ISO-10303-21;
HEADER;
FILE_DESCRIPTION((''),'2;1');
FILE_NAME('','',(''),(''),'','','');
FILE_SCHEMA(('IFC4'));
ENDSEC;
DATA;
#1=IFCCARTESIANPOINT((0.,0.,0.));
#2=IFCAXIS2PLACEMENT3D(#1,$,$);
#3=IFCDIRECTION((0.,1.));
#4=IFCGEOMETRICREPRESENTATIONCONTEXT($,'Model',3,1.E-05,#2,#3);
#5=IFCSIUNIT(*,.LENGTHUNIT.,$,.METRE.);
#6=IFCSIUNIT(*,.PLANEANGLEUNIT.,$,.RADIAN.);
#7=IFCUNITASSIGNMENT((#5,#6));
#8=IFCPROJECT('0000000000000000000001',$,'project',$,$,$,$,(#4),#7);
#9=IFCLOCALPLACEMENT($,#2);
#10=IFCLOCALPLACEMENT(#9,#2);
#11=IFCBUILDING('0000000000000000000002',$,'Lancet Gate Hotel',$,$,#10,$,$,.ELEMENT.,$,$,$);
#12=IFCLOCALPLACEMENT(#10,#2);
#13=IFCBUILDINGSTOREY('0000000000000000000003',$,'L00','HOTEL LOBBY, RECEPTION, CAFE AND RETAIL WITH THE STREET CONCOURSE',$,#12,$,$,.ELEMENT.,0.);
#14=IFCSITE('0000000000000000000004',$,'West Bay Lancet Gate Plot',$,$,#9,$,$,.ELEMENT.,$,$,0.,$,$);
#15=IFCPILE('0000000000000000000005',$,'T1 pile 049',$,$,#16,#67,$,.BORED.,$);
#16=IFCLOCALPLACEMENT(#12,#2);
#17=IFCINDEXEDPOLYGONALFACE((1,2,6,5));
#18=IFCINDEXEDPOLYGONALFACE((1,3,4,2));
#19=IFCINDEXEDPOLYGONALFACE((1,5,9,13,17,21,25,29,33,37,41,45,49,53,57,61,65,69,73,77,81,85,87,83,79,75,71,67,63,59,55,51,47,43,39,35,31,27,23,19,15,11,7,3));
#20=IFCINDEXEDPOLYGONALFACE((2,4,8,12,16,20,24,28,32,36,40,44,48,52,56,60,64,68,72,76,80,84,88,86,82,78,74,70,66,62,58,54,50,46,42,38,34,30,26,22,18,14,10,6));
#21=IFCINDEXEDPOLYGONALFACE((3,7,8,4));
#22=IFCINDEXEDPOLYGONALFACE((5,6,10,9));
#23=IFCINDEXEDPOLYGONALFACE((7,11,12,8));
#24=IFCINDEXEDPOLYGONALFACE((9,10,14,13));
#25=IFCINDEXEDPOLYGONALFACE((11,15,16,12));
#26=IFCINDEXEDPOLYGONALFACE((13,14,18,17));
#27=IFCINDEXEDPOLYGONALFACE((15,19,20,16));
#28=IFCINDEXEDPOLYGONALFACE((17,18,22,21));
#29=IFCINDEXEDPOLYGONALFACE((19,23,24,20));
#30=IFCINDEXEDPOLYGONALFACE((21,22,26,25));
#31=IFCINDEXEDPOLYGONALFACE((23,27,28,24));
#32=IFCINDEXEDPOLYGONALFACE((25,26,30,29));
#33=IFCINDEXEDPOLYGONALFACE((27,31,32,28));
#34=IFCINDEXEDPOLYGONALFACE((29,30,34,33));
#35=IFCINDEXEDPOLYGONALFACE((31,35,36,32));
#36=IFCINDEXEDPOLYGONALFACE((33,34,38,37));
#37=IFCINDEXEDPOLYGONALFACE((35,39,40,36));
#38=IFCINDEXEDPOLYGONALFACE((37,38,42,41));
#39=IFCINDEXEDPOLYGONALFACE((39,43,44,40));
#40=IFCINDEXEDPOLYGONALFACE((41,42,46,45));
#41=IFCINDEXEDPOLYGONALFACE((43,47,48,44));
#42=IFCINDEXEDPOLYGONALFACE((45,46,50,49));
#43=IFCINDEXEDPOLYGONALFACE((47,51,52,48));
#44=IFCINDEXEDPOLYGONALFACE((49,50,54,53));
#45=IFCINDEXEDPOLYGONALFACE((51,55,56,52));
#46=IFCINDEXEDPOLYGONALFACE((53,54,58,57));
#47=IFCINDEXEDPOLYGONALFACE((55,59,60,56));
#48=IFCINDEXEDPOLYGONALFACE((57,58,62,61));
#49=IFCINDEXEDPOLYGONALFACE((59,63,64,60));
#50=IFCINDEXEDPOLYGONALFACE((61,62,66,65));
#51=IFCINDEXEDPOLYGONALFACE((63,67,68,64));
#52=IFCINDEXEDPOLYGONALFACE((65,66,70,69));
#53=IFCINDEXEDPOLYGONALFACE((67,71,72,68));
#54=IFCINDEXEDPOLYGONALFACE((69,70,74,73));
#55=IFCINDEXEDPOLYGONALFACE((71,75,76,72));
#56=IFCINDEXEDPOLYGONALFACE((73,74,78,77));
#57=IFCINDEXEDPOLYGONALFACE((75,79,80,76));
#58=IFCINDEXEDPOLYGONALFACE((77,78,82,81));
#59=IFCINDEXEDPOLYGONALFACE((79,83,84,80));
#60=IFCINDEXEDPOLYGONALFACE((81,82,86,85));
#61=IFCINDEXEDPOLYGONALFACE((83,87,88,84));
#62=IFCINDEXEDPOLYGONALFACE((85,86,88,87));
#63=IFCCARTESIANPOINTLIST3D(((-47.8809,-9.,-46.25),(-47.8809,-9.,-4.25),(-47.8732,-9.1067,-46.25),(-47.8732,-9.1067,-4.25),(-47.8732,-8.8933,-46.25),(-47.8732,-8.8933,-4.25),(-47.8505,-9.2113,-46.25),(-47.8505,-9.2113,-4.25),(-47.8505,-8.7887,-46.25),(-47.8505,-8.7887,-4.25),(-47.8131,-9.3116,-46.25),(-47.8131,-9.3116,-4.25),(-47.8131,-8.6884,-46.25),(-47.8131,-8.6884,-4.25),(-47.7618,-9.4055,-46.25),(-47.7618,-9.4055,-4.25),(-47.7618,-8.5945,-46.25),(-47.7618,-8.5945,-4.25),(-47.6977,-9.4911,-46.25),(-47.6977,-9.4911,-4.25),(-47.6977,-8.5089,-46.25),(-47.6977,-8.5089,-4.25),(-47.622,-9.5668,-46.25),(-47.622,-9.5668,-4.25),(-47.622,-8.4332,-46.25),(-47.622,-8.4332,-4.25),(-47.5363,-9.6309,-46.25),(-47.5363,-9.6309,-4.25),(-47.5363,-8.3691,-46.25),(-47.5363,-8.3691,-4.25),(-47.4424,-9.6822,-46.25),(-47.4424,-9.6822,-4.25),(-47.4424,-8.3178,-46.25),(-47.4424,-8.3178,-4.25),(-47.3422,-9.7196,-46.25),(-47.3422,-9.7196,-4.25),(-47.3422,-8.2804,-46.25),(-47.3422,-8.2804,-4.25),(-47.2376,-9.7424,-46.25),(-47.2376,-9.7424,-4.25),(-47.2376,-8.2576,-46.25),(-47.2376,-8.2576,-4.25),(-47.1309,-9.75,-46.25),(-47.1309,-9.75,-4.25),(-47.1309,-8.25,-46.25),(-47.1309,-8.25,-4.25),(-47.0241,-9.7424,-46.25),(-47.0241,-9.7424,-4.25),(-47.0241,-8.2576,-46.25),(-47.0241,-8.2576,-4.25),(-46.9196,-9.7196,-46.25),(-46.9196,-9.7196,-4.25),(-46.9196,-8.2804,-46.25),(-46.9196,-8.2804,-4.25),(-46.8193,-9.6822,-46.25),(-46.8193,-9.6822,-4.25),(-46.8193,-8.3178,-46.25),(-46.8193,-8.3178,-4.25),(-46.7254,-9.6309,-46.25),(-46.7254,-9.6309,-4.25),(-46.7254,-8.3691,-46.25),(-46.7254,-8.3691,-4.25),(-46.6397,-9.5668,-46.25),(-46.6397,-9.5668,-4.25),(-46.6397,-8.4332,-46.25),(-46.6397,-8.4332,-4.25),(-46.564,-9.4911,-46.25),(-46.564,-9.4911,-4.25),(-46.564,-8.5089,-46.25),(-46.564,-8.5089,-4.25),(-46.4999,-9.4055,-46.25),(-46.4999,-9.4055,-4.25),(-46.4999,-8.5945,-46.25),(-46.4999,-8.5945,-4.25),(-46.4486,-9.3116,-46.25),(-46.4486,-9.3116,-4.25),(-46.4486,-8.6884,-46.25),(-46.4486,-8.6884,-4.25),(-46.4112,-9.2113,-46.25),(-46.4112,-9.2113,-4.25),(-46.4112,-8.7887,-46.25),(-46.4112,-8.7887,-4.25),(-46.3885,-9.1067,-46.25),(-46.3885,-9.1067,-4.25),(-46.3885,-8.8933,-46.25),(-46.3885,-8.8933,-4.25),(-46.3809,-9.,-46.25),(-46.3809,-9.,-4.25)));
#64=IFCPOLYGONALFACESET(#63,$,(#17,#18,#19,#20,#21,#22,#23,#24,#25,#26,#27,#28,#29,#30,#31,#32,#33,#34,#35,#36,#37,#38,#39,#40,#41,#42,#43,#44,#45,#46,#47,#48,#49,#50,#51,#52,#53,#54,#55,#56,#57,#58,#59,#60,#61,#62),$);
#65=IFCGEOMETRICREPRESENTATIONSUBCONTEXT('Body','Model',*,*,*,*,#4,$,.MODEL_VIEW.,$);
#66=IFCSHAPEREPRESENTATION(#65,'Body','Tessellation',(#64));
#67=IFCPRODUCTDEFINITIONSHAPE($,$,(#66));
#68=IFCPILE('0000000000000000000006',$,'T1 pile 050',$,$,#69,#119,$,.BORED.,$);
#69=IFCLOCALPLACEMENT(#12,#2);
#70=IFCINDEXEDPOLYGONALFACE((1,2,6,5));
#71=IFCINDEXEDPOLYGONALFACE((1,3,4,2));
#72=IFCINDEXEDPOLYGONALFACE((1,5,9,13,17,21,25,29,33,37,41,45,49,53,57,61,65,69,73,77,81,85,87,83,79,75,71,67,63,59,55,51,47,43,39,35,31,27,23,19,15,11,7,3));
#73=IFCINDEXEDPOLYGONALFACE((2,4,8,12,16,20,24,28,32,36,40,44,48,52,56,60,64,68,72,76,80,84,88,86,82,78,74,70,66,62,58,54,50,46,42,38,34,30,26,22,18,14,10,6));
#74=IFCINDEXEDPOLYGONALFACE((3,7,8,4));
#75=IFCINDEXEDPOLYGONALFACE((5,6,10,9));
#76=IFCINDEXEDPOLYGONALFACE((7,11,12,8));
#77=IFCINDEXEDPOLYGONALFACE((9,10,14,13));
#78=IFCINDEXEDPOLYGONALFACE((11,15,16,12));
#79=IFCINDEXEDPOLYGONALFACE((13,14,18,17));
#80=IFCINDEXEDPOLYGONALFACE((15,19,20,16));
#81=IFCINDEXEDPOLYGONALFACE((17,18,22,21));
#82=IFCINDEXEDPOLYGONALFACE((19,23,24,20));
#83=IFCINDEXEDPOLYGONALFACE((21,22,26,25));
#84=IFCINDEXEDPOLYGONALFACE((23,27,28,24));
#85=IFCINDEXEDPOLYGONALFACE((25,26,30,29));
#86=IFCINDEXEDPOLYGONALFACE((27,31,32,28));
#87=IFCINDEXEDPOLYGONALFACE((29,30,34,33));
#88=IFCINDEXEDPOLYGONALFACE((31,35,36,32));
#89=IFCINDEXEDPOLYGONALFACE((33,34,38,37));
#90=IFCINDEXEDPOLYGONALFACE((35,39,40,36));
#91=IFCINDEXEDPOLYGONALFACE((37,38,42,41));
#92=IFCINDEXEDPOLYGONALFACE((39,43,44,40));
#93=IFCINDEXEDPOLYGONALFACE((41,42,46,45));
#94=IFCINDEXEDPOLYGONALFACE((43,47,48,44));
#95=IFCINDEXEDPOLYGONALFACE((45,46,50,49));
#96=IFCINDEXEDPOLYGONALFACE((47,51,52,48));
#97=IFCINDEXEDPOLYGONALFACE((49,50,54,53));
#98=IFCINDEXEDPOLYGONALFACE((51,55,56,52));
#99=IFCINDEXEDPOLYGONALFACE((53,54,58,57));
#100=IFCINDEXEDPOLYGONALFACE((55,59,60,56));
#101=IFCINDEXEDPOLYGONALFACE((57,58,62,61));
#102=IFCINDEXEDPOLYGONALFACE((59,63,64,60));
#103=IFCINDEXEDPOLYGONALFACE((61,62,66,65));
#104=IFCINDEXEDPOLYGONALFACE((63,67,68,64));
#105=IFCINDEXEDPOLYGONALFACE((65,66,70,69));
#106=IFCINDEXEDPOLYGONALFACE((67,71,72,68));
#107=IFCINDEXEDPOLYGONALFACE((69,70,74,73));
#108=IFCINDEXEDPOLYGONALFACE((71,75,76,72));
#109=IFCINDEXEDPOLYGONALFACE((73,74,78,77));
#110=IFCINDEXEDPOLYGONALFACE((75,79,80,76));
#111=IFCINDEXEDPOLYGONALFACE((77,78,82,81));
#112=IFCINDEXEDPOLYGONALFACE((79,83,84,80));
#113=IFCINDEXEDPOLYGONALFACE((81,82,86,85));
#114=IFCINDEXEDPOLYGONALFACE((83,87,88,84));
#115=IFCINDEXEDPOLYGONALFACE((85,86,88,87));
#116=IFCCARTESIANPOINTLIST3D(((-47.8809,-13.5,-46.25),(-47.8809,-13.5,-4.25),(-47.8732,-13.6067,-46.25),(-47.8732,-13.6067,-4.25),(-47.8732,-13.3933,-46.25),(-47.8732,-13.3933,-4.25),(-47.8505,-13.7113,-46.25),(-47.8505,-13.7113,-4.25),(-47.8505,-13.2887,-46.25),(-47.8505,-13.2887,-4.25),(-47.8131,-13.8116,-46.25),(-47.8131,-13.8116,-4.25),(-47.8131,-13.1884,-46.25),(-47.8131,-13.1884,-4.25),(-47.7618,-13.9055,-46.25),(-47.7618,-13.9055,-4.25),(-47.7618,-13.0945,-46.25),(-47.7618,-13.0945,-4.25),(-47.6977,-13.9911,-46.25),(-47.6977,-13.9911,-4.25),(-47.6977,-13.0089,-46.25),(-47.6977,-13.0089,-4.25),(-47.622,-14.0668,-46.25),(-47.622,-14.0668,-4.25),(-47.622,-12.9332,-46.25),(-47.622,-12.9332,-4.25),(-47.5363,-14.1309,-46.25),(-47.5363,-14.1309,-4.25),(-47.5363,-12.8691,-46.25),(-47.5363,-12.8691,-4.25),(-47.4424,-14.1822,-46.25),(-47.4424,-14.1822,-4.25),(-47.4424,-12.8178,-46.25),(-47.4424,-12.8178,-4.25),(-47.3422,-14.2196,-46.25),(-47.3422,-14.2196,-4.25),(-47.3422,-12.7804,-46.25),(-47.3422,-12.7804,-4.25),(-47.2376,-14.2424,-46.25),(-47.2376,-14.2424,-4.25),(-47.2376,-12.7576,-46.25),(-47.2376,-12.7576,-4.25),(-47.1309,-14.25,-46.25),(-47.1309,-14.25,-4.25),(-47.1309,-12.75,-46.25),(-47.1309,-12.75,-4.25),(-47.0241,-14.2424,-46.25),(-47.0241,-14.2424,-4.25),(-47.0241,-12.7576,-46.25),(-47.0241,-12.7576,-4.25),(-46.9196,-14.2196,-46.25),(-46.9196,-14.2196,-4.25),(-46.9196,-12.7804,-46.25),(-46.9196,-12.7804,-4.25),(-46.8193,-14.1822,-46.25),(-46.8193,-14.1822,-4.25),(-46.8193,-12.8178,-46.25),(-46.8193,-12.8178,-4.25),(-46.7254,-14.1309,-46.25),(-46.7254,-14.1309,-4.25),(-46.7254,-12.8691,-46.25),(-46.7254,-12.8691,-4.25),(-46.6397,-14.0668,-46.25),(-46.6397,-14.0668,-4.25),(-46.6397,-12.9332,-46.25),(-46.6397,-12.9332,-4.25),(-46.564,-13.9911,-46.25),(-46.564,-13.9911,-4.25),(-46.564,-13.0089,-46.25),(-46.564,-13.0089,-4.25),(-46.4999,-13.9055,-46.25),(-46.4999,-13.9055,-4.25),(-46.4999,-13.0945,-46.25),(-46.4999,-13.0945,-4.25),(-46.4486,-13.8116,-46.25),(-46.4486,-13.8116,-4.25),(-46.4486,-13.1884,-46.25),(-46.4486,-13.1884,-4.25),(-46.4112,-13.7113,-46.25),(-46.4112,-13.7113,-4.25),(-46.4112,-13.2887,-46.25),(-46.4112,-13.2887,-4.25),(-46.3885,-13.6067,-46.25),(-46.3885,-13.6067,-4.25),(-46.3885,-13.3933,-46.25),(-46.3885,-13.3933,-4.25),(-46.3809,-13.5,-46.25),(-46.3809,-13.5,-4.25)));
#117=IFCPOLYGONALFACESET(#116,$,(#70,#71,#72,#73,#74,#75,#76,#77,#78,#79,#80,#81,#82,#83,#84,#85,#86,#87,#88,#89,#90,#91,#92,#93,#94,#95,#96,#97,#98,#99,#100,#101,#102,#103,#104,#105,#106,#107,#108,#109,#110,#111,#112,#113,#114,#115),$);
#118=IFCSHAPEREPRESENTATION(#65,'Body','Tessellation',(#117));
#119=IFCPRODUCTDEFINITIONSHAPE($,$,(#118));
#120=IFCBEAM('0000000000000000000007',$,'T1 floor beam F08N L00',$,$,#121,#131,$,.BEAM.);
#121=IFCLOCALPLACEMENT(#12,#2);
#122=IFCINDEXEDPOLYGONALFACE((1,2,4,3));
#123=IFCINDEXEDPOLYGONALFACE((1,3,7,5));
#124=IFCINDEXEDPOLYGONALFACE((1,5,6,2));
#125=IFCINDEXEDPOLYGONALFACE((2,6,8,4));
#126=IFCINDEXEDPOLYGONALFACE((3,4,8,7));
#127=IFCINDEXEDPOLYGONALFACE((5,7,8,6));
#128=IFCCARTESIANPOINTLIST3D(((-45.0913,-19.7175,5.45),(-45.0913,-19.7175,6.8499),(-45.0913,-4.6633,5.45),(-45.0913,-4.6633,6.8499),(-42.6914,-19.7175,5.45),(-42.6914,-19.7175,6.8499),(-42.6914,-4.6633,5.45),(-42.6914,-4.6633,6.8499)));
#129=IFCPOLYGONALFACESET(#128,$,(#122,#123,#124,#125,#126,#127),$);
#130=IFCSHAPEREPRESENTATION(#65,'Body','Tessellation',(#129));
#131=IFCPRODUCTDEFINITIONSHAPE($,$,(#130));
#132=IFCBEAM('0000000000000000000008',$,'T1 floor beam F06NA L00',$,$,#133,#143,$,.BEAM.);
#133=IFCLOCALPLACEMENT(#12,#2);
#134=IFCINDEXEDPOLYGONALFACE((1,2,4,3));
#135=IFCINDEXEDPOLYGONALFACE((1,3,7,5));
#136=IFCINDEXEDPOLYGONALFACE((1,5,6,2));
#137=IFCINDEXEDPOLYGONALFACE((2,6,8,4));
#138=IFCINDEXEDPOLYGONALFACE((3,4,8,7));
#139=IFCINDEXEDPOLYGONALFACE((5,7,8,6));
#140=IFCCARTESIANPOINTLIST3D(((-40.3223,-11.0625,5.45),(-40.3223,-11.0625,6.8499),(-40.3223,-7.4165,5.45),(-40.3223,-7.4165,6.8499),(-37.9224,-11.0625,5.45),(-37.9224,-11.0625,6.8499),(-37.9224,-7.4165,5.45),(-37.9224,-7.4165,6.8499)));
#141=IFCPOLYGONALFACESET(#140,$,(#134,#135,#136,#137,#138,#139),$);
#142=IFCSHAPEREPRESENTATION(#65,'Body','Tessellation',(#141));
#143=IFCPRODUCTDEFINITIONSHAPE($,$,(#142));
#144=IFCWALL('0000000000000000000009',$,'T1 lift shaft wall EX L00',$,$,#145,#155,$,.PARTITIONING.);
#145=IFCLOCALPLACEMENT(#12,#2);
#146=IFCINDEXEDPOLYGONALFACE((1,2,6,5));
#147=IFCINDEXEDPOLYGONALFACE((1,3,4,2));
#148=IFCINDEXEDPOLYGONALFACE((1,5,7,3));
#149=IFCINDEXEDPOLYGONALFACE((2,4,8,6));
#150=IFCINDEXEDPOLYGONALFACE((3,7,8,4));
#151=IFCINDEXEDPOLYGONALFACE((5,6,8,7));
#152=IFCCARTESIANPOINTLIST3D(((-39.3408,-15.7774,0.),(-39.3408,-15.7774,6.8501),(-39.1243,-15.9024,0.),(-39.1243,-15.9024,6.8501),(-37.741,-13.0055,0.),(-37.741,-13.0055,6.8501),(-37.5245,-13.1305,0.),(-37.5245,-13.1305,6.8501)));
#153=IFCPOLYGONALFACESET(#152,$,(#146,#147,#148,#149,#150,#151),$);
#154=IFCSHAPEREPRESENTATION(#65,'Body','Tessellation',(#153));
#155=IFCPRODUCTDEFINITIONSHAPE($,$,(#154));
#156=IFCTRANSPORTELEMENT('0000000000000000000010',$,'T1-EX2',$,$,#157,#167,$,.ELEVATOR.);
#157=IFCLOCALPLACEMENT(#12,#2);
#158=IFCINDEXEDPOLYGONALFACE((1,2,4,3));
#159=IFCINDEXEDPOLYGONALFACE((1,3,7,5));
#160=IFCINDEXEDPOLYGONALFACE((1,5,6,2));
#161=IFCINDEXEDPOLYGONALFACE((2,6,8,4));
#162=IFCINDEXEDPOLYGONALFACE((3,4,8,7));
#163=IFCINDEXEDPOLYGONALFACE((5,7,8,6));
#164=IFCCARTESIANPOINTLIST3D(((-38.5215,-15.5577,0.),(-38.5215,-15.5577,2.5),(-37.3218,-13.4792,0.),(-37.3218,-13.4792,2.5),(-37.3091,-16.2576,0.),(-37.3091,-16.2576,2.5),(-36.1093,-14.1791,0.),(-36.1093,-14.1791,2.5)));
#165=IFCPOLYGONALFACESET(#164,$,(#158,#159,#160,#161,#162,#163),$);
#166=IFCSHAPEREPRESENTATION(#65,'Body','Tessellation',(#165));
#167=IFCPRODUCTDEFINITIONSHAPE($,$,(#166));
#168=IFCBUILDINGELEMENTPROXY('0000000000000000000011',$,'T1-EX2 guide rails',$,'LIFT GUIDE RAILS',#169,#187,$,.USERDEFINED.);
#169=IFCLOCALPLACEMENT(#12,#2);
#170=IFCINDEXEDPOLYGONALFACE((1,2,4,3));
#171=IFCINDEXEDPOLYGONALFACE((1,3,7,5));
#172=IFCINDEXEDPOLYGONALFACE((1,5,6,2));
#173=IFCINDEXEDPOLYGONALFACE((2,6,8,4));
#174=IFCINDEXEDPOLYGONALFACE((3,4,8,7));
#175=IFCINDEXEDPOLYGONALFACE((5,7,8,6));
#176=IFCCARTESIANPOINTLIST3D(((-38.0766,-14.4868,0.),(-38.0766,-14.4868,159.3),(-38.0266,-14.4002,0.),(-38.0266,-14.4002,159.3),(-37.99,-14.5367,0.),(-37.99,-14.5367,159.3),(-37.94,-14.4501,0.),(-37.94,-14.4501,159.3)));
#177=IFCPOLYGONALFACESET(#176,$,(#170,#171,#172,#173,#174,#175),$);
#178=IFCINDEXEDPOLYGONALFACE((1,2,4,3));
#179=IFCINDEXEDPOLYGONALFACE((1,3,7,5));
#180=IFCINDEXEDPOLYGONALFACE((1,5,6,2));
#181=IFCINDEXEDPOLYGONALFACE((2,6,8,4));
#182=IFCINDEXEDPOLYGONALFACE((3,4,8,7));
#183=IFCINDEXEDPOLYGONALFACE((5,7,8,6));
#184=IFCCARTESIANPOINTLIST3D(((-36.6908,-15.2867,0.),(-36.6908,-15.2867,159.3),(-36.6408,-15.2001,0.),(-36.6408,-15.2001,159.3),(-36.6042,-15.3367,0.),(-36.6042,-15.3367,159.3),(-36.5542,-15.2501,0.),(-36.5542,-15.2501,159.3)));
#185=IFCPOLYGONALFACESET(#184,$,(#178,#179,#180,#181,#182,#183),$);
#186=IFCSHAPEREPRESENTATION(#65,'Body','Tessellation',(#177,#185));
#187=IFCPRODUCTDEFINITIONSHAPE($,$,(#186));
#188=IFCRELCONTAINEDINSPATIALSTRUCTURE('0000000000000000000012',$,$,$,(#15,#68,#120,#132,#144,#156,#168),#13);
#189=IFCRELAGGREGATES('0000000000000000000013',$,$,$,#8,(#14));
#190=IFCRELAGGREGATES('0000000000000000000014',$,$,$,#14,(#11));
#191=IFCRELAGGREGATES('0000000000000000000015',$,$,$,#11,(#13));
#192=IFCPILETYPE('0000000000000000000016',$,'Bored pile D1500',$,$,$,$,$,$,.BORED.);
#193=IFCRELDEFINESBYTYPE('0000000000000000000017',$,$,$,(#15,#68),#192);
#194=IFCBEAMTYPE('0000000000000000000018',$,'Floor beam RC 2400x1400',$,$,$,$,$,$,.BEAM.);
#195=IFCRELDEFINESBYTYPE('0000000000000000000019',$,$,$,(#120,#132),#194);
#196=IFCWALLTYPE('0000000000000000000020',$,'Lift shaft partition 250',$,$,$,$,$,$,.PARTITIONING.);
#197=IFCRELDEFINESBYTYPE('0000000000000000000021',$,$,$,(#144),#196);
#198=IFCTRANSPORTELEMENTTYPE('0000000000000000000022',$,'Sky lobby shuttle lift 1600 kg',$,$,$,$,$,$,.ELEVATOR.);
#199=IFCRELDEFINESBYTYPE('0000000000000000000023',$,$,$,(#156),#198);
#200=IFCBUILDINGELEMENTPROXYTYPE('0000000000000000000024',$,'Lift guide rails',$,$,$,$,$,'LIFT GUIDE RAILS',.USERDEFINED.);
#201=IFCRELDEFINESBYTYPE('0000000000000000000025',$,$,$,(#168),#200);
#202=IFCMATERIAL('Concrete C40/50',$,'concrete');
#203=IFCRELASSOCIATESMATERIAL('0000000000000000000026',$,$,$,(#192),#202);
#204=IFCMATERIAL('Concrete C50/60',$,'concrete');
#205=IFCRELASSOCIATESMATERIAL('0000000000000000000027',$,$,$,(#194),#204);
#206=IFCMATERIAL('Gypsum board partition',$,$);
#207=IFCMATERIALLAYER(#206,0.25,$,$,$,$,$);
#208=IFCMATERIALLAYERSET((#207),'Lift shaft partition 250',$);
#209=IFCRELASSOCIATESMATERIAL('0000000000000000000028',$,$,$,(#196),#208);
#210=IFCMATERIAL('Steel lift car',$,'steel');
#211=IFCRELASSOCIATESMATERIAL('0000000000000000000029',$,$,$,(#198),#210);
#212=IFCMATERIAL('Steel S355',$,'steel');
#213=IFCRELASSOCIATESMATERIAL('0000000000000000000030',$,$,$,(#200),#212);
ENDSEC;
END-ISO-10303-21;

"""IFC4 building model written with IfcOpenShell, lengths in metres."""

from ifc_helpers import new_model, si_unit, direction, frame, frame_2d, origin, origin_2d, place, context, subcontext, project, spatial, rectangle, circle, extrude, material, layer, layer_set, material_profile, profile_set, type_object, element, save


model = new_model("IFC4")

# Units and contexts
model_context = context("Model", 3, precision=1e-05, world=origin(), true_north=direction((0.0, 1.0)))
body_context = subcontext(model_context, "Body", "Model", "MODEL_VIEW")
ifc_project = project(units=[si_unit("LENGTHUNIT", "METRE"), si_unit("PLANEANGLEUNIT", "RADIAN")], contexts=[model_context])

# Site, building, storey
site_placement = place(None, origin())
site = spatial("IfcSite", under=ifc_project, at=site_placement, Name="West Bay Lancet Gate Plot", CompositionType="ELEMENT", RefElevation=0.0)
building_placement = place(site_placement, origin())
building = spatial("IfcBuilding", under=site, at=building_placement, Name="Lancet Gate Hotel", CompositionType="ELEMENT")
storey_placement = place(building_placement, origin())
storey = spatial("IfcBuildingStorey", under=building, at=storey_placement, Name="L00", Description="HOTEL LOBBY, RECEPTION, CAFE AND RETAIL WITH THE STREET CONCOURSE", CompositionType="ELEMENT", Elevation=0.0)

# Piles
ifc_material_1 = material(Name="Concrete C40/50", Category="concrete")
ifc_material_profile_1 = material_profile(ifc_material_1, circle(Radius=0.75, at=origin_2d()), Name="PILE D1500")
ifc_profile_set_1 = profile_set([ifc_material_profile_1], Name="Concrete C40/50")
pile_type = type_object("IfcPileType", Name="Bored pile D1500", PredefinedType="BORED", material=ifc_profile_set_1)
for number, where, z_axis, x_axis, name in (
    (1, (-47.1309, -9.0, -4.25), (0.0, 0.0, -1.0), (1.0, 0.0, 0.0), "T1 pile 049"),
    (2, (-47.1309, -13.5, -4.25), (0.0, 0.0, -1.0), (1.0, 0.0, 0.0), "T1 pile 050"),
):
    element("IfcPile", number, at=place(storey_placement, frame(where, z_axis=z_axis, x_axis=x_axis)), inside=storey, type_object=pile_type, Name=name, PredefinedType="BORED", context=body_context, shape_type="SweptSolid", body=[
        extrude(circle(Radius=0.75, at=origin_2d()), origin(), (0.0, 0.0, 1.0), 42.0),
    ])

# Beams
ifc_material_2 = material(Name="Concrete C50/60", Category="concrete")
ifc_material_profile_2 = material_profile(ifc_material_2, rectangle(XDim=2.3999, YDim=1.3999, at=origin_2d()), Name="RC 2400x1400")
ifc_profile_set_2 = profile_set([ifc_material_profile_2], Name="Concrete C50/60")
beam_type = type_object("IfcBeamType", Name="Floor beam RC 2400x1400", PredefinedType="BEAM", material=ifc_profile_set_2)
beam_1_placement = place(storey_placement, frame((-43.8914, -4.6633, 6.1499), z_axis=(0.0, -1.0, 0.0), x_axis=(1.0, 0.0, 0.0)))
element("IfcBeam", 3, at=beam_1_placement, inside=storey, type_object=beam_type, Name="T1 floor beam F08N L00", PredefinedType="BEAM", context=body_context, shape_type="SweptSolid", body=[
    extrude(rectangle(XDim=2.3999, YDim=1.3999, at=origin_2d()), origin(), (0.0, 0.0, 1.0), 15.0542),
])
beam_2_placement = place(storey_placement, frame((-39.1223, -7.4165, 6.1499), z_axis=(0.0, -1.0, 0.0), x_axis=(1.0, 0.0, 0.0)))
element("IfcBeam", 4, at=beam_2_placement, inside=storey, type_object=beam_type, Name="T1 floor beam F06NA L00", PredefinedType="BEAM", context=body_context, shape_type="SweptSolid", body=[
    extrude(rectangle(XDim=2.3999, YDim=1.3999, at=origin_2d()), origin(), (0.0, 0.0, 1.0), 3.646),
])

# Wall
ifc_material_3 = material(Name="Gypsum board partition")
ifc_layer = layer(ifc_material_3, 0.25)
ifc_layer_set = layer_set([ifc_layer], Name="Lift shaft partition 250")
wall_type = type_object("IfcWallType", Name="Lift shaft partition 250", PredefinedType="PARTITIONING", material=ifc_layer_set)
wall_placement = place(storey_placement, frame((-37.6328, -13.0681, 0.0), z_axis=(0.0, 0.0, 1.0), x_axis=(-0.499872, -0.866099, 0.0)))
element("IfcWall", 5, at=wall_placement, inside=storey, type_object=wall_type, Name="T1 lift shaft wall EX L00", PredefinedType="PARTITIONING", context=body_context, shape_type="SweptSolid", body=[
    extrude(rectangle(XDim=3.2004, YDim=0.25, at=frame_2d((1.6001, 0.0))), origin(), (0.0, 0.0, 1.0), 6.8501),
])

# Transport element
ifc_material_4 = material(Name="Steel lift car", Category="steel")
transport_element_type = type_object("IfcTransportElementType", Name="Sky lobby shuttle lift 1600 kg", PredefinedType="ELEVATOR", material=ifc_material_4)
transport_element_placement = place(storey_placement, frame((-37.3154, -14.8684, 0.0), z_axis=(0.0, 0.0, 1.0), x_axis=(-0.499917, -0.866073, 0.0)))
element("IfcTransportElement", 6, at=transport_element_placement, inside=storey, type_object=transport_element_type, Name="T1-EX2", PredefinedType="ELEVATOR", context=body_context, shape_type="SweptSolid", body=[
    extrude(rectangle(XDim=2.3999, YDim=1.3999, at=origin_2d()), origin(), (0.0, 0.0, 1.0), 2.5),
])

# Building element proxy
ifc_material_5 = material(Name="Steel S355", Category="steel")
building_element_proxy_type = type_object("IfcBuildingElementProxyType", Name="Lift guide rails", ElementType="LIFT GUIDE RAILS", PredefinedType="USERDEFINED", material=ifc_material_5)
proxy_placement = place(storey_placement, frame((-37.3154, -14.8684, 0.0), z_axis=(0.0, 0.0, 1.0), x_axis=(-0.499917, -0.866073, 0.0)))
element("IfcBuildingElementProxy", 7, at=proxy_placement, inside=storey, type_object=building_element_proxy_type, Name="T1-EX2 guide rails", ObjectType="LIFT GUIDE RAILS", PredefinedType="USERDEFINED", context=body_context, shape_type="SweptSolid", body=[
    extrude(rectangle(XDim=0.1, YDim=0.1, at=origin_2d()), frame((0.0, -0.8, 0.0)), (0.0, 0.0, 1.0), 159.3),
    extrude(rectangle(XDim=0.1, YDim=0.1, at=origin_2d()), frame((0.0, 0.8, 0.0)), (0.0, 0.0, 1.0), 159.3),
])

save(model, "model.ifc")
